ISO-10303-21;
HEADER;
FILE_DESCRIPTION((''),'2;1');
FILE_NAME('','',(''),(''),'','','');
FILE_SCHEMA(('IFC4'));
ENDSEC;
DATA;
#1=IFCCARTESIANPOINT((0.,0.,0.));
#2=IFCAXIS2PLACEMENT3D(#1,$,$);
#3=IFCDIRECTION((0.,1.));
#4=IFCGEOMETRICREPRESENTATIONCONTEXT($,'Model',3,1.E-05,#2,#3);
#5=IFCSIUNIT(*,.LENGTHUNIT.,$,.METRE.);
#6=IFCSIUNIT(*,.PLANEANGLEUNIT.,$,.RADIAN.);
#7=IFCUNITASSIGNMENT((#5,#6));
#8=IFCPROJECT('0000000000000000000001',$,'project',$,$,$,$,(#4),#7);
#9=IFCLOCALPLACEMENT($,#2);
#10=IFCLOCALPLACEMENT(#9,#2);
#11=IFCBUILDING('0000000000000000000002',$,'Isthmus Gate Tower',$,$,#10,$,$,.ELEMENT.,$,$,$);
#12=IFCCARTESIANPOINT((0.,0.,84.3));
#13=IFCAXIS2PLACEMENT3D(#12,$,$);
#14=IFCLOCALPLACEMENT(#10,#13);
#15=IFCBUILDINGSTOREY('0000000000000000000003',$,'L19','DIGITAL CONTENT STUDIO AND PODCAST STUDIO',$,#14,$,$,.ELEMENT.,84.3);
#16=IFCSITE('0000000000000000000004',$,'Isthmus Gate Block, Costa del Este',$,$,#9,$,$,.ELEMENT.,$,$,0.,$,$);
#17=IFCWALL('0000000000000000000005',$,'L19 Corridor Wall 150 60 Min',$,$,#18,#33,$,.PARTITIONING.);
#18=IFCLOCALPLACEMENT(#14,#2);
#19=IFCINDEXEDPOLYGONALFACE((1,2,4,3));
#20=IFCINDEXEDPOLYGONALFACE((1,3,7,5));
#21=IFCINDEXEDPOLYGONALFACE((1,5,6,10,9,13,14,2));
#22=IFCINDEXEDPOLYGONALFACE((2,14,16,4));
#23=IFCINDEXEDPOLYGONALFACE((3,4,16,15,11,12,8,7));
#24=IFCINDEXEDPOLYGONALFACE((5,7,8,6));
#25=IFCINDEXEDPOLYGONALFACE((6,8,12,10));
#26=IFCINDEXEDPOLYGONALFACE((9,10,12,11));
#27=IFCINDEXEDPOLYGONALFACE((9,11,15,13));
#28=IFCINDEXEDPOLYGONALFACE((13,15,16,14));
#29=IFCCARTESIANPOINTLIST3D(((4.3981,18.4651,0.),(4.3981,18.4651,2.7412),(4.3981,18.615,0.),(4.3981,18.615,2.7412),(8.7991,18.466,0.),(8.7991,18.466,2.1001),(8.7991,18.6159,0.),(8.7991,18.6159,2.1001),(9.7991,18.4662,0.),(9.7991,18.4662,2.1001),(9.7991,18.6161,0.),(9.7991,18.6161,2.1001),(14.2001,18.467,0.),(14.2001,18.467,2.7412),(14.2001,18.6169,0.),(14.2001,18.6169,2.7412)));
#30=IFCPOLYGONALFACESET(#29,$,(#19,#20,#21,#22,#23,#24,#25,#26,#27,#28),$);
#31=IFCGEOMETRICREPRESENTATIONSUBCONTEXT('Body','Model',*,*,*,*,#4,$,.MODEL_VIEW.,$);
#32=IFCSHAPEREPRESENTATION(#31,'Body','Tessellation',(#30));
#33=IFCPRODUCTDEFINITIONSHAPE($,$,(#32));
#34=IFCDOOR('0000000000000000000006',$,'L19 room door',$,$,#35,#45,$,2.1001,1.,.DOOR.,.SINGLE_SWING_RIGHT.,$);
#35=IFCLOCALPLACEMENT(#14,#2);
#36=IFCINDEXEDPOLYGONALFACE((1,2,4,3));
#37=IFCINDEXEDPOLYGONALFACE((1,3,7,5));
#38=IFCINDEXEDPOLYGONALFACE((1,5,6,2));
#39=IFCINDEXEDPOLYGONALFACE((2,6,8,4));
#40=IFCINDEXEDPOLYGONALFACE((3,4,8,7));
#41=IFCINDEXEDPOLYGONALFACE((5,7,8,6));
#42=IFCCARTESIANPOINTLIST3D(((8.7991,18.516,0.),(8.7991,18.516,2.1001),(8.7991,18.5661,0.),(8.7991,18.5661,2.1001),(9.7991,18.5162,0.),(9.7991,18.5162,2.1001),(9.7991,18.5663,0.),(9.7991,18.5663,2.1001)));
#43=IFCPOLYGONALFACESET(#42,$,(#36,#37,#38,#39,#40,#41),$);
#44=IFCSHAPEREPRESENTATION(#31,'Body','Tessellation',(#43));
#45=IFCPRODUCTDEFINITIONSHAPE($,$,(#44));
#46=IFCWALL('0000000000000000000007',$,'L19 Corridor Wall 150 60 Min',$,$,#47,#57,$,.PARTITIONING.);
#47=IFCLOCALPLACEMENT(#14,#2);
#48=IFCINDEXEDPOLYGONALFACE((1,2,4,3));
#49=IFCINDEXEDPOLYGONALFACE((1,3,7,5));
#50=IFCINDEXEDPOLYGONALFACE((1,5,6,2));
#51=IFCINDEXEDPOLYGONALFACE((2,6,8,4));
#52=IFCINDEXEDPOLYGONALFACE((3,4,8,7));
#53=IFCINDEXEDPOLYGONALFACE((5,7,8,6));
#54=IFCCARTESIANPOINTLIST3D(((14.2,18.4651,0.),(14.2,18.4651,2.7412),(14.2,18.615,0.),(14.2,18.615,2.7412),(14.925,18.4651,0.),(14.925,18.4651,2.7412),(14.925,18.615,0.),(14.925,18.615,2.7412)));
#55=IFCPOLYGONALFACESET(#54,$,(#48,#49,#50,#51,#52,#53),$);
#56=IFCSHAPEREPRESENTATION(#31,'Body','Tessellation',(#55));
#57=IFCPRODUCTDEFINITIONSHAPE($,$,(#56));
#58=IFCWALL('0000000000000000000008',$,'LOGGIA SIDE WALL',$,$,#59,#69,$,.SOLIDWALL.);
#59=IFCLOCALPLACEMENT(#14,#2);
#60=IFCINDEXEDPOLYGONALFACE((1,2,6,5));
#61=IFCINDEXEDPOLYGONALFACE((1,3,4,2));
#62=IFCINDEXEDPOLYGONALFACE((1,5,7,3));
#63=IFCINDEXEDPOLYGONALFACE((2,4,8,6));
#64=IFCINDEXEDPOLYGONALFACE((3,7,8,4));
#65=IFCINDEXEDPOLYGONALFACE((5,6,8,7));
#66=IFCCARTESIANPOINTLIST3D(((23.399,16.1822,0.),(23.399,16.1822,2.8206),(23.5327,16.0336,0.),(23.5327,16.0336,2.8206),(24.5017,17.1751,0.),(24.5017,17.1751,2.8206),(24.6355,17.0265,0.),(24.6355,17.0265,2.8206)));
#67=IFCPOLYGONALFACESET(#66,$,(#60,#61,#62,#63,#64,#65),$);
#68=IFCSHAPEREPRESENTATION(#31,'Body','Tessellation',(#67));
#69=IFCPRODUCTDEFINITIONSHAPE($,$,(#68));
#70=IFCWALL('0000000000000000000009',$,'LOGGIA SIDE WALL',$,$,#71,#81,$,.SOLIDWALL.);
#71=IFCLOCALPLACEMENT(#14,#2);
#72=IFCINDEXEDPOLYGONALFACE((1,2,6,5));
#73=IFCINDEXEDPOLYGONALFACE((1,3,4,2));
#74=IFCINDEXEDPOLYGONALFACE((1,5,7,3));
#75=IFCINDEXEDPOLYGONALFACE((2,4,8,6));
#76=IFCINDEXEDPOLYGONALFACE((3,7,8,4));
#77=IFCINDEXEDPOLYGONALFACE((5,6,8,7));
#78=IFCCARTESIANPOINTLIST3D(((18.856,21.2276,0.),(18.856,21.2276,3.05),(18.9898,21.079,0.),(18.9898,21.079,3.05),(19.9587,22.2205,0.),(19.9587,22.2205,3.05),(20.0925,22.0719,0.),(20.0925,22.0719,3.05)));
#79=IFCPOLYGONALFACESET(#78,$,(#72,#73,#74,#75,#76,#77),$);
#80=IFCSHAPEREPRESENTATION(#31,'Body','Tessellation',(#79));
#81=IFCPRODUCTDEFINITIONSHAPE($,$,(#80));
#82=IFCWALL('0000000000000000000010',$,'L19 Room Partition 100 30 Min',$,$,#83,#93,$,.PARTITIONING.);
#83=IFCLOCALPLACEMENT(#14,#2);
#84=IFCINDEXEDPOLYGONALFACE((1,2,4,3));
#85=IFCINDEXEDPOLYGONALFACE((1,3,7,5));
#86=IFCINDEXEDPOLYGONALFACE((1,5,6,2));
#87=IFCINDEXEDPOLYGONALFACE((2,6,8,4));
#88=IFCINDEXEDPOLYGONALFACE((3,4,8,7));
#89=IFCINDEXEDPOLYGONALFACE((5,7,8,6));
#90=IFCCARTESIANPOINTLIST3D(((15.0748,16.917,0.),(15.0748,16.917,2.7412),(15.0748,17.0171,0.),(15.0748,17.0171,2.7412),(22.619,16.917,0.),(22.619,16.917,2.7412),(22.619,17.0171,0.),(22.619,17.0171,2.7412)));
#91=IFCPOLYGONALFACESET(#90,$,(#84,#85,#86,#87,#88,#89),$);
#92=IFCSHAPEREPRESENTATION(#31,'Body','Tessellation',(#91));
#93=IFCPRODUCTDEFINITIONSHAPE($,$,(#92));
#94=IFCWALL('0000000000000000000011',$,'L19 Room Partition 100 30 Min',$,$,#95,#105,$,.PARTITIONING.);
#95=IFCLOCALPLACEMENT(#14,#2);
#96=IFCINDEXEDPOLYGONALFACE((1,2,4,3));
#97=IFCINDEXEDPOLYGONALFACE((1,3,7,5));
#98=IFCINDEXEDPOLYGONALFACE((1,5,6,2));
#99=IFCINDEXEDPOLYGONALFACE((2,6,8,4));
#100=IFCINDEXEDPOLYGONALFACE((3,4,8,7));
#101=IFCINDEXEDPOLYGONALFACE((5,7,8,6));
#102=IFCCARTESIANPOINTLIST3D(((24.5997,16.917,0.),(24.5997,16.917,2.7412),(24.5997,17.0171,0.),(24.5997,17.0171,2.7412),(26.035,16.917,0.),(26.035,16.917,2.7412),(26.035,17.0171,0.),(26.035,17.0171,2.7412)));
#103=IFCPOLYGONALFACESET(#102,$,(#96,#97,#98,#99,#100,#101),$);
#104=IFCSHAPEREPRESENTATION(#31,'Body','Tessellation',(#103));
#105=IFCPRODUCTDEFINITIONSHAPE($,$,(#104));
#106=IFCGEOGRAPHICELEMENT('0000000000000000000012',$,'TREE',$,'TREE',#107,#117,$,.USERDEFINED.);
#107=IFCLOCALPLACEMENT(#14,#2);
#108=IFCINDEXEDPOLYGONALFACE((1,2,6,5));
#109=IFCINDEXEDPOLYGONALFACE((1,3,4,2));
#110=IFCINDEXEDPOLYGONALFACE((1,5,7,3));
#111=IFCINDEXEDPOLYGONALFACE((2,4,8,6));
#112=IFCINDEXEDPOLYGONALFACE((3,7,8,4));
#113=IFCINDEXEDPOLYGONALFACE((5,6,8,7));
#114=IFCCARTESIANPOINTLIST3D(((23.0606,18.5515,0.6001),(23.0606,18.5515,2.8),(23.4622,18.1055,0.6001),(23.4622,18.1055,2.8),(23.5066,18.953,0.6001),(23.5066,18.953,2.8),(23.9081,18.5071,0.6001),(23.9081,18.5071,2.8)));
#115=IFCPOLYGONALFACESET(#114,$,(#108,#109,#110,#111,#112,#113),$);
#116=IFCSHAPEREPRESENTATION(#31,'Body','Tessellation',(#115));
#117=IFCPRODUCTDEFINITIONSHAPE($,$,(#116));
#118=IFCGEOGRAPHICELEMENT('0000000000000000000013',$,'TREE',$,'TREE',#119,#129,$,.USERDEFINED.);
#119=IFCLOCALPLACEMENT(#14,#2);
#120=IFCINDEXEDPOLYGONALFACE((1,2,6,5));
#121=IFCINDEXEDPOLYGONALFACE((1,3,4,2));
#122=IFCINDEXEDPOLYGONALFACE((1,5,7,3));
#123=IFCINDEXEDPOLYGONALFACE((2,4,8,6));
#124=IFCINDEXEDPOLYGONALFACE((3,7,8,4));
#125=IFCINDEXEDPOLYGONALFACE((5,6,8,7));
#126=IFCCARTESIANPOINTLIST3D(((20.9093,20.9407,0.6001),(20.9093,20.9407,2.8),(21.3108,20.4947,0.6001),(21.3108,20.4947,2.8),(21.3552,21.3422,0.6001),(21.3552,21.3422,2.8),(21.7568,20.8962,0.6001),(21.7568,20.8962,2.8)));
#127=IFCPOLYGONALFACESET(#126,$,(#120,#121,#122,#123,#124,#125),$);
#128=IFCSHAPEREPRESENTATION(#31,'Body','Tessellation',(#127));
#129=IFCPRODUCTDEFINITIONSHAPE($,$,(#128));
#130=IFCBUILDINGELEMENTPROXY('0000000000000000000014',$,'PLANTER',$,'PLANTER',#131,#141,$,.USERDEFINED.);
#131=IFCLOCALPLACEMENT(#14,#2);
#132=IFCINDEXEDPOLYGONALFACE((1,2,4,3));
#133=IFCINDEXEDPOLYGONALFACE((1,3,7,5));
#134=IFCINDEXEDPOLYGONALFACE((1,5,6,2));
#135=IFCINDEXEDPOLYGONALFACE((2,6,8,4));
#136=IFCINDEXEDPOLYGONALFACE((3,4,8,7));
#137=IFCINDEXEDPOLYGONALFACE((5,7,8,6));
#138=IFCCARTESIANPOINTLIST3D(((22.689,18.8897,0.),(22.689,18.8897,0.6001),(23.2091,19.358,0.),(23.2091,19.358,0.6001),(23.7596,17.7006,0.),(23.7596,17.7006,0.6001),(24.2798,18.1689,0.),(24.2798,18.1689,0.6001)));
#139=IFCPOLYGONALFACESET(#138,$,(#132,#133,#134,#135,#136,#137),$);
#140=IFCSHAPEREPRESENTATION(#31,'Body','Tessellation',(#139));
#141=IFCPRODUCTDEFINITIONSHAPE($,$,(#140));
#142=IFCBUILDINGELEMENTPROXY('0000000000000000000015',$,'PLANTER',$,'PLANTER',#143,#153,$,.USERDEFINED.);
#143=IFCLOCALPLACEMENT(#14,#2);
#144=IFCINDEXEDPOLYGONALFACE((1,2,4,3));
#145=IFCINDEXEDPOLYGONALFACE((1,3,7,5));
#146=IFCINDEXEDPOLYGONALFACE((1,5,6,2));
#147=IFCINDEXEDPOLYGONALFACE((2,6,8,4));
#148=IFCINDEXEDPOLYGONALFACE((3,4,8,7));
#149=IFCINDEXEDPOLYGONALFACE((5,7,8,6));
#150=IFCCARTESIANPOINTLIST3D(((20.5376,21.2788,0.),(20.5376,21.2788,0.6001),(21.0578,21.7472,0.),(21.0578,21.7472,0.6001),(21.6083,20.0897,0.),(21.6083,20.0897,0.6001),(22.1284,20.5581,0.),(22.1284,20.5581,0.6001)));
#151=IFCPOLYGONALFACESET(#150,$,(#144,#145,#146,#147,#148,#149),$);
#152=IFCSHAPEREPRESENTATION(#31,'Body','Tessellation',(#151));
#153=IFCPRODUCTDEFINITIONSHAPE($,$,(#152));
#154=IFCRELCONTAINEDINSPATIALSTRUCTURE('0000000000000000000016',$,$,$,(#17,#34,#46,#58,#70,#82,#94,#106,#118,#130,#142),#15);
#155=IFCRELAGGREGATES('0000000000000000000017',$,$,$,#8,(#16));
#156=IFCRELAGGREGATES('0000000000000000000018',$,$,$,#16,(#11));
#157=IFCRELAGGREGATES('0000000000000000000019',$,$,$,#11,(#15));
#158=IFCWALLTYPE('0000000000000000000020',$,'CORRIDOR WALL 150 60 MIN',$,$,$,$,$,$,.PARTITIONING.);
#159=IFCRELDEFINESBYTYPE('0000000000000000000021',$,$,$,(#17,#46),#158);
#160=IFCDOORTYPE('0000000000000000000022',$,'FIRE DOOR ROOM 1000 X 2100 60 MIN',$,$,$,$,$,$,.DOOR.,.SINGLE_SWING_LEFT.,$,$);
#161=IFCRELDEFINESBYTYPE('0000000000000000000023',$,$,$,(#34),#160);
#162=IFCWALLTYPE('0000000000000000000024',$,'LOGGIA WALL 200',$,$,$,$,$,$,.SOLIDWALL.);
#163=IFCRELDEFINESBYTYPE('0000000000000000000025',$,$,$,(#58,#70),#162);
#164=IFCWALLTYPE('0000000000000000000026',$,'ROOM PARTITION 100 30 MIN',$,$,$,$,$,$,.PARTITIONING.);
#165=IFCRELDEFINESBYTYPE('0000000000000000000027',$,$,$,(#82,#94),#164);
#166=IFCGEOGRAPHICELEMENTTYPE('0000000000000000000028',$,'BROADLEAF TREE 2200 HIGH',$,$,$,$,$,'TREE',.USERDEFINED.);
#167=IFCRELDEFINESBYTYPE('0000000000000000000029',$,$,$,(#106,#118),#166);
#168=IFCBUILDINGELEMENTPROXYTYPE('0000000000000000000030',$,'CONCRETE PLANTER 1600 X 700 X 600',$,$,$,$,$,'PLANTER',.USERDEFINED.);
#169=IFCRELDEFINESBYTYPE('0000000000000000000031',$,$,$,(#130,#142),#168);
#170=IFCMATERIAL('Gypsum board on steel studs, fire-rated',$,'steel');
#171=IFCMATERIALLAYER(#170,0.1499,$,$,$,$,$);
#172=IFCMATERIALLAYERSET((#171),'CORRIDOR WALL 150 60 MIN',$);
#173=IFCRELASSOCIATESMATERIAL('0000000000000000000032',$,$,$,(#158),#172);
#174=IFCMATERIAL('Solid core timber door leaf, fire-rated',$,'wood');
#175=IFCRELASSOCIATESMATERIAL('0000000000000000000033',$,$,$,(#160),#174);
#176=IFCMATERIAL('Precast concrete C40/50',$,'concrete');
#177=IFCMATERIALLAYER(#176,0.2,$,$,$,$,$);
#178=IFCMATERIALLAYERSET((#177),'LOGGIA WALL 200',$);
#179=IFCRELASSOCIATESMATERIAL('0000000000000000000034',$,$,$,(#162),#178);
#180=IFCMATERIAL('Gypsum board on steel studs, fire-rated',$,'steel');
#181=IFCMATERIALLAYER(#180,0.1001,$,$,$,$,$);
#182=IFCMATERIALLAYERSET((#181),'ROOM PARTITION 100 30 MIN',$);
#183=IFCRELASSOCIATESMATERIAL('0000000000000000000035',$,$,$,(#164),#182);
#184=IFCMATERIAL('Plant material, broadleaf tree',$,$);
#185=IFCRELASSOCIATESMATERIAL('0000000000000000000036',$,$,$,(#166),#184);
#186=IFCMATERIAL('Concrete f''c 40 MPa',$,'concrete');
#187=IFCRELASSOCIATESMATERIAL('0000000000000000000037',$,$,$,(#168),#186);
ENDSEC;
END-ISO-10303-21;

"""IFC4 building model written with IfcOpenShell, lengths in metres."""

from ifc_helpers import new_model, si_unit, direction, frame, frame_2d, origin, origin_2d, place, context, subcontext, project, spatial, rectangle, extrude, material, layer, layer_set, type_object, element, fill, save


model = new_model("IFC4")

# Units and contexts
model_context = context("Model", 3, precision=1e-05, world=origin(), true_north=direction((0.0, 1.0)))
body_context = subcontext(model_context, "Body", "Model", "MODEL_VIEW")
ifc_project = project(units=[si_unit("LENGTHUNIT", "METRE"), si_unit("PLANEANGLEUNIT", "RADIAN")], contexts=[model_context])

# Site, building, storey
site_placement = place(None, origin())
site = spatial("IfcSite", under=ifc_project, at=site_placement, Name="Isthmus Gate Block, Costa del Este", CompositionType="ELEMENT", RefElevation=0.0)
building_placement = place(site_placement, origin())
building = spatial("IfcBuilding", under=site, at=building_placement, Name="Isthmus Gate Tower", CompositionType="ELEMENT")
storey_placement = place(building_placement, frame((0.0, 0.0, 84.3)))
storey = spatial("IfcBuildingStorey", under=building, at=storey_placement, Name="L19", Description="DIGITAL CONTENT STUDIO AND PODCAST STUDIO", CompositionType="ELEMENT", Elevation=84.3)

# Shared definitions
ifc_material_1 = material(Name="Gypsum board on steel studs, fire-rated", Category="steel")
ifc_layer_1 = layer(ifc_material_1, 0.1499)
ifc_layer_set_1 = layer_set([ifc_layer_1], Name="CORRIDOR WALL 150 60 MIN")
wall_type_1 = type_object("IfcWallType", Name="CORRIDOR WALL 150 60 MIN", PredefinedType="PARTITIONING", material=ifc_layer_set_1)

# Wall, opening, door
ifc_material_2 = material(Name="Solid core timber door leaf, fire-rated", Category="wood")
door_type_1 = type_object("IfcDoorType", Name="FIRE DOOR ROOM 1000 X 2100 60 MIN", OperationType="SINGLE_SWING_LEFT", PredefinedType="DOOR", material=ifc_material_2)
wall_1_placement = place(storey_placement, frame((14.2, 18.542, 0.0), z_axis=(0.0, 0.0, 1.0), x_axis=(-1.0, -0.000199, 0.0)))
wall_1 = element("IfcWall", 1, at=wall_1_placement, inside=storey, type_object=wall_type_1, Name="L19 Corridor Wall 150 60 Min", PredefinedType="PARTITIONING", context=body_context, shape_type="SweptSolid", body=[
    extrude(rectangle(XDim=9.802, YDim=0.1499, at=frame_2d((4.9009, 0.0))), origin(), (0.0, 0.0, 1.0), 2.7412),
])
opening_1_placement = place(wall_1_placement, frame((4.4009, 0.0, 0.0)))
opening_1 = element("IfcOpeningElement", 2, at=opening_1_placement, cuts=wall_1, PredefinedType="OPENING", context=body_context, shape_type="SweptSolid", body=[
    extrude(rectangle(XDim=1.0, YDim=2.1001, at=frame_2d((0.5, 1.05))), frame((0.0, 0.085, 0.0), z_axis=(0.0, -1.0, 0.0), x_axis=(1.0, 0.0, 0.0)), (0.0, 0.0, 1.0), 0.1699),
])
door_1_placement = place(opening_1_placement, origin())
door_1 = element("IfcDoor", 3, at=door_1_placement, inside=storey, type_object=door_type_1, Name="L19 room door", OperationType="SINGLE_SWING_RIGHT", OverallHeight=2.1001, OverallWidth=1.0, PredefinedType="DOOR", context=body_context, shape_type="SweptSolid", body=[
    extrude(rectangle(XDim=1.0, YDim=2.1001, at=frame_2d((0.5, 1.05))), frame((0.0, 0.0249, 0.0), z_axis=(0.0, -1.0, 0.0), x_axis=(1.0, 0.0, 0.0)), (0.0, 0.0, 1.0), 0.05),
])
fill(opening_1, door_1)

# Wall
wall_2_placement = place(storey_placement, frame((14.2, 18.54, 0.0), z_axis=(0.0, 0.0, 1.0), x_axis=(1.0, 0.0, 0.0)))
element("IfcWall", 4, at=wall_2_placement, inside=storey, type_object=wall_type_1, Name="L19 Corridor Wall 150 60 Min", PredefinedType="PARTITIONING", context=body_context, shape_type="SweptSolid", body=[
    extrude(rectangle(XDim=0.7251, YDim=0.1499, at=frame_2d((0.3625, 0.0))), origin(), (0.0, 0.0, 1.0), 2.7412),
])

# Shared definitions
ifc_material_3 = material(Name="Precast concrete C40/50", Category="concrete")
ifc_layer_2 = layer(ifc_material_3, 0.2)
ifc_layer_set_2 = layer_set([ifc_layer_2], Name="LOGGIA WALL 200")
wall_type_2 = type_object("IfcWallType", Name="LOGGIA WALL 200", PredefinedType="SOLIDWALL", material=ifc_layer_set_2)

# Walls
wall_3_placement = place(storey_placement, frame((24.5686, 17.1008, 0.0), z_axis=(0.0, 0.0, 1.0), x_axis=(-0.743155, -0.669119, 0.0)))
element("IfcWall", 5, at=wall_3_placement, inside=storey, type_object=wall_type_2, Name="LOGGIA SIDE WALL", PredefinedType="SOLIDWALL", context=body_context, shape_type="SweptSolid", body=[
    extrude(rectangle(XDim=1.4839, YDim=0.2, at=frame_2d((0.7419, 0.0))), origin(), (0.0, 0.0, 1.0), 2.8206),
])
wall_4_placement = place(storey_placement, frame((20.0256, 22.1462, 0.0), z_axis=(0.0, 0.0, 1.0), x_axis=(-0.743155, -0.669119, 0.0)))
element("IfcWall", 6, at=wall_4_placement, inside=storey, type_object=wall_type_2, Name="LOGGIA SIDE WALL", PredefinedType="SOLIDWALL", context=body_context, shape_type="SweptSolid", body=[
    extrude(rectangle(XDim=1.4839, YDim=0.2, at=frame_2d((0.7419, 0.0))), origin(), (0.0, 0.0, 1.0), 3.05),
])
ifc_material_4 = material(Name="Gypsum board on steel studs, fire-rated", Category="steel")
ifc_layer_3 = layer(ifc_material_4, 0.1001)
ifc_layer_set_3 = layer_set([ifc_layer_3], Name="ROOM PARTITION 100 30 MIN")
wall_type_3 = type_object("IfcWallType", Name="ROOM PARTITION 100 30 MIN", PredefinedType="PARTITIONING", material=ifc_layer_set_3)
wall_5_placement = place(storey_placement, frame((15.075, 16.967, 0.0), z_axis=(0.0, 0.0, 1.0), x_axis=(1.0, 0.0, 0.0)))
element("IfcWall", 7, at=wall_5_placement, inside=storey, type_object=wall_type_3, Name="L19 Room Partition 100 30 Min", PredefinedType="PARTITIONING", context=body_context, shape_type="SweptSolid", body=[
    extrude(rectangle(XDim=7.5442, YDim=0.1001, at=frame_2d((3.772, 0.0))), origin(), (0.0, 0.0, 1.0), 2.7412),
])
wall_6_placement = place(storey_placement, frame((24.5996, 16.967, 0.0), z_axis=(0.0, 0.0, 1.0), x_axis=(1.0, 0.0, 0.0)))
element("IfcWall", 8, at=wall_6_placement, inside=storey, type_object=wall_type_3, Name="L19 Room Partition 100 30 Min", PredefinedType="PARTITIONING", context=body_context, shape_type="SweptSolid", body=[
    extrude(rectangle(XDim=1.4353, YDim=0.1001, at=frame_2d((0.7178, 0.0))), origin(), (0.0, 0.0, 1.0), 2.7412),
])

# Geographic elements
ifc_material_5 = material(Name="Plant material, broadleaf tree")
geographic_element_type = type_object("IfcGeographicElementType", Name="BROADLEAF TREE 2200 HIGH", ElementType="TREE", PredefinedType="USERDEFINED", material=ifc_material_5)
for number, where, z_axis, x_axis, name in (
    (9, (23.4844, 18.5293, 0.6001), (0.0, 0.0, 1.0), (-0.669131, 0.743145, 0.0), "TREE"),
    (10, (21.333, 20.9185, 0.6001), (0.0, 0.0, 1.0), (-0.669131, 0.743145, 0.0), "TREE"),
):
    element("IfcGeographicElement", number, at=place(storey_placement, frame(where, z_axis=z_axis, x_axis=x_axis)), inside=storey, type_object=geographic_element_type, Name=name, ObjectType="TREE", PredefinedType="USERDEFINED", context=body_context, shape_type="SweptSolid", body=[
        extrude(rectangle(XDim=0.6001, YDim=0.6001, at=origin_2d()), origin(), (0.0, 0.0, 1.0), 2.2),
    ])

# Building element proxies
ifc_material_6 = material(Name="Concrete f'c 40 MPa", Category="concrete")
building_element_proxy_type = type_object("IfcBuildingElementProxyType", Name="CONCRETE PLANTER 1600 X 700 X 600", ElementType="PLANTER", PredefinedType="USERDEFINED", material=ifc_material_6)
for number, where, z_axis, x_axis, name in (
    (11, (23.4844, 18.5293, 0.0), (0.0, 0.0, 1.0), (-0.669131, 0.743145, 0.0), "PLANTER"),
    (12, (21.333, 20.9185, 0.0), (0.0, 0.0, 1.0), (-0.669131, 0.743145, 0.0), "PLANTER"),
):
    element("IfcBuildingElementProxy", number, at=place(storey_placement, frame(where, z_axis=z_axis, x_axis=x_axis)), inside=storey, type_object=building_element_proxy_type, Name=name, ObjectType="PLANTER", PredefinedType="USERDEFINED", context=body_context, shape_type="SweptSolid", body=[
        extrude(rectangle(XDim=1.6001, YDim=0.7, at=origin_2d()), origin(), (0.0, 0.0, 1.0), 0.6001),
    ])

save(model, "model.ifc")
